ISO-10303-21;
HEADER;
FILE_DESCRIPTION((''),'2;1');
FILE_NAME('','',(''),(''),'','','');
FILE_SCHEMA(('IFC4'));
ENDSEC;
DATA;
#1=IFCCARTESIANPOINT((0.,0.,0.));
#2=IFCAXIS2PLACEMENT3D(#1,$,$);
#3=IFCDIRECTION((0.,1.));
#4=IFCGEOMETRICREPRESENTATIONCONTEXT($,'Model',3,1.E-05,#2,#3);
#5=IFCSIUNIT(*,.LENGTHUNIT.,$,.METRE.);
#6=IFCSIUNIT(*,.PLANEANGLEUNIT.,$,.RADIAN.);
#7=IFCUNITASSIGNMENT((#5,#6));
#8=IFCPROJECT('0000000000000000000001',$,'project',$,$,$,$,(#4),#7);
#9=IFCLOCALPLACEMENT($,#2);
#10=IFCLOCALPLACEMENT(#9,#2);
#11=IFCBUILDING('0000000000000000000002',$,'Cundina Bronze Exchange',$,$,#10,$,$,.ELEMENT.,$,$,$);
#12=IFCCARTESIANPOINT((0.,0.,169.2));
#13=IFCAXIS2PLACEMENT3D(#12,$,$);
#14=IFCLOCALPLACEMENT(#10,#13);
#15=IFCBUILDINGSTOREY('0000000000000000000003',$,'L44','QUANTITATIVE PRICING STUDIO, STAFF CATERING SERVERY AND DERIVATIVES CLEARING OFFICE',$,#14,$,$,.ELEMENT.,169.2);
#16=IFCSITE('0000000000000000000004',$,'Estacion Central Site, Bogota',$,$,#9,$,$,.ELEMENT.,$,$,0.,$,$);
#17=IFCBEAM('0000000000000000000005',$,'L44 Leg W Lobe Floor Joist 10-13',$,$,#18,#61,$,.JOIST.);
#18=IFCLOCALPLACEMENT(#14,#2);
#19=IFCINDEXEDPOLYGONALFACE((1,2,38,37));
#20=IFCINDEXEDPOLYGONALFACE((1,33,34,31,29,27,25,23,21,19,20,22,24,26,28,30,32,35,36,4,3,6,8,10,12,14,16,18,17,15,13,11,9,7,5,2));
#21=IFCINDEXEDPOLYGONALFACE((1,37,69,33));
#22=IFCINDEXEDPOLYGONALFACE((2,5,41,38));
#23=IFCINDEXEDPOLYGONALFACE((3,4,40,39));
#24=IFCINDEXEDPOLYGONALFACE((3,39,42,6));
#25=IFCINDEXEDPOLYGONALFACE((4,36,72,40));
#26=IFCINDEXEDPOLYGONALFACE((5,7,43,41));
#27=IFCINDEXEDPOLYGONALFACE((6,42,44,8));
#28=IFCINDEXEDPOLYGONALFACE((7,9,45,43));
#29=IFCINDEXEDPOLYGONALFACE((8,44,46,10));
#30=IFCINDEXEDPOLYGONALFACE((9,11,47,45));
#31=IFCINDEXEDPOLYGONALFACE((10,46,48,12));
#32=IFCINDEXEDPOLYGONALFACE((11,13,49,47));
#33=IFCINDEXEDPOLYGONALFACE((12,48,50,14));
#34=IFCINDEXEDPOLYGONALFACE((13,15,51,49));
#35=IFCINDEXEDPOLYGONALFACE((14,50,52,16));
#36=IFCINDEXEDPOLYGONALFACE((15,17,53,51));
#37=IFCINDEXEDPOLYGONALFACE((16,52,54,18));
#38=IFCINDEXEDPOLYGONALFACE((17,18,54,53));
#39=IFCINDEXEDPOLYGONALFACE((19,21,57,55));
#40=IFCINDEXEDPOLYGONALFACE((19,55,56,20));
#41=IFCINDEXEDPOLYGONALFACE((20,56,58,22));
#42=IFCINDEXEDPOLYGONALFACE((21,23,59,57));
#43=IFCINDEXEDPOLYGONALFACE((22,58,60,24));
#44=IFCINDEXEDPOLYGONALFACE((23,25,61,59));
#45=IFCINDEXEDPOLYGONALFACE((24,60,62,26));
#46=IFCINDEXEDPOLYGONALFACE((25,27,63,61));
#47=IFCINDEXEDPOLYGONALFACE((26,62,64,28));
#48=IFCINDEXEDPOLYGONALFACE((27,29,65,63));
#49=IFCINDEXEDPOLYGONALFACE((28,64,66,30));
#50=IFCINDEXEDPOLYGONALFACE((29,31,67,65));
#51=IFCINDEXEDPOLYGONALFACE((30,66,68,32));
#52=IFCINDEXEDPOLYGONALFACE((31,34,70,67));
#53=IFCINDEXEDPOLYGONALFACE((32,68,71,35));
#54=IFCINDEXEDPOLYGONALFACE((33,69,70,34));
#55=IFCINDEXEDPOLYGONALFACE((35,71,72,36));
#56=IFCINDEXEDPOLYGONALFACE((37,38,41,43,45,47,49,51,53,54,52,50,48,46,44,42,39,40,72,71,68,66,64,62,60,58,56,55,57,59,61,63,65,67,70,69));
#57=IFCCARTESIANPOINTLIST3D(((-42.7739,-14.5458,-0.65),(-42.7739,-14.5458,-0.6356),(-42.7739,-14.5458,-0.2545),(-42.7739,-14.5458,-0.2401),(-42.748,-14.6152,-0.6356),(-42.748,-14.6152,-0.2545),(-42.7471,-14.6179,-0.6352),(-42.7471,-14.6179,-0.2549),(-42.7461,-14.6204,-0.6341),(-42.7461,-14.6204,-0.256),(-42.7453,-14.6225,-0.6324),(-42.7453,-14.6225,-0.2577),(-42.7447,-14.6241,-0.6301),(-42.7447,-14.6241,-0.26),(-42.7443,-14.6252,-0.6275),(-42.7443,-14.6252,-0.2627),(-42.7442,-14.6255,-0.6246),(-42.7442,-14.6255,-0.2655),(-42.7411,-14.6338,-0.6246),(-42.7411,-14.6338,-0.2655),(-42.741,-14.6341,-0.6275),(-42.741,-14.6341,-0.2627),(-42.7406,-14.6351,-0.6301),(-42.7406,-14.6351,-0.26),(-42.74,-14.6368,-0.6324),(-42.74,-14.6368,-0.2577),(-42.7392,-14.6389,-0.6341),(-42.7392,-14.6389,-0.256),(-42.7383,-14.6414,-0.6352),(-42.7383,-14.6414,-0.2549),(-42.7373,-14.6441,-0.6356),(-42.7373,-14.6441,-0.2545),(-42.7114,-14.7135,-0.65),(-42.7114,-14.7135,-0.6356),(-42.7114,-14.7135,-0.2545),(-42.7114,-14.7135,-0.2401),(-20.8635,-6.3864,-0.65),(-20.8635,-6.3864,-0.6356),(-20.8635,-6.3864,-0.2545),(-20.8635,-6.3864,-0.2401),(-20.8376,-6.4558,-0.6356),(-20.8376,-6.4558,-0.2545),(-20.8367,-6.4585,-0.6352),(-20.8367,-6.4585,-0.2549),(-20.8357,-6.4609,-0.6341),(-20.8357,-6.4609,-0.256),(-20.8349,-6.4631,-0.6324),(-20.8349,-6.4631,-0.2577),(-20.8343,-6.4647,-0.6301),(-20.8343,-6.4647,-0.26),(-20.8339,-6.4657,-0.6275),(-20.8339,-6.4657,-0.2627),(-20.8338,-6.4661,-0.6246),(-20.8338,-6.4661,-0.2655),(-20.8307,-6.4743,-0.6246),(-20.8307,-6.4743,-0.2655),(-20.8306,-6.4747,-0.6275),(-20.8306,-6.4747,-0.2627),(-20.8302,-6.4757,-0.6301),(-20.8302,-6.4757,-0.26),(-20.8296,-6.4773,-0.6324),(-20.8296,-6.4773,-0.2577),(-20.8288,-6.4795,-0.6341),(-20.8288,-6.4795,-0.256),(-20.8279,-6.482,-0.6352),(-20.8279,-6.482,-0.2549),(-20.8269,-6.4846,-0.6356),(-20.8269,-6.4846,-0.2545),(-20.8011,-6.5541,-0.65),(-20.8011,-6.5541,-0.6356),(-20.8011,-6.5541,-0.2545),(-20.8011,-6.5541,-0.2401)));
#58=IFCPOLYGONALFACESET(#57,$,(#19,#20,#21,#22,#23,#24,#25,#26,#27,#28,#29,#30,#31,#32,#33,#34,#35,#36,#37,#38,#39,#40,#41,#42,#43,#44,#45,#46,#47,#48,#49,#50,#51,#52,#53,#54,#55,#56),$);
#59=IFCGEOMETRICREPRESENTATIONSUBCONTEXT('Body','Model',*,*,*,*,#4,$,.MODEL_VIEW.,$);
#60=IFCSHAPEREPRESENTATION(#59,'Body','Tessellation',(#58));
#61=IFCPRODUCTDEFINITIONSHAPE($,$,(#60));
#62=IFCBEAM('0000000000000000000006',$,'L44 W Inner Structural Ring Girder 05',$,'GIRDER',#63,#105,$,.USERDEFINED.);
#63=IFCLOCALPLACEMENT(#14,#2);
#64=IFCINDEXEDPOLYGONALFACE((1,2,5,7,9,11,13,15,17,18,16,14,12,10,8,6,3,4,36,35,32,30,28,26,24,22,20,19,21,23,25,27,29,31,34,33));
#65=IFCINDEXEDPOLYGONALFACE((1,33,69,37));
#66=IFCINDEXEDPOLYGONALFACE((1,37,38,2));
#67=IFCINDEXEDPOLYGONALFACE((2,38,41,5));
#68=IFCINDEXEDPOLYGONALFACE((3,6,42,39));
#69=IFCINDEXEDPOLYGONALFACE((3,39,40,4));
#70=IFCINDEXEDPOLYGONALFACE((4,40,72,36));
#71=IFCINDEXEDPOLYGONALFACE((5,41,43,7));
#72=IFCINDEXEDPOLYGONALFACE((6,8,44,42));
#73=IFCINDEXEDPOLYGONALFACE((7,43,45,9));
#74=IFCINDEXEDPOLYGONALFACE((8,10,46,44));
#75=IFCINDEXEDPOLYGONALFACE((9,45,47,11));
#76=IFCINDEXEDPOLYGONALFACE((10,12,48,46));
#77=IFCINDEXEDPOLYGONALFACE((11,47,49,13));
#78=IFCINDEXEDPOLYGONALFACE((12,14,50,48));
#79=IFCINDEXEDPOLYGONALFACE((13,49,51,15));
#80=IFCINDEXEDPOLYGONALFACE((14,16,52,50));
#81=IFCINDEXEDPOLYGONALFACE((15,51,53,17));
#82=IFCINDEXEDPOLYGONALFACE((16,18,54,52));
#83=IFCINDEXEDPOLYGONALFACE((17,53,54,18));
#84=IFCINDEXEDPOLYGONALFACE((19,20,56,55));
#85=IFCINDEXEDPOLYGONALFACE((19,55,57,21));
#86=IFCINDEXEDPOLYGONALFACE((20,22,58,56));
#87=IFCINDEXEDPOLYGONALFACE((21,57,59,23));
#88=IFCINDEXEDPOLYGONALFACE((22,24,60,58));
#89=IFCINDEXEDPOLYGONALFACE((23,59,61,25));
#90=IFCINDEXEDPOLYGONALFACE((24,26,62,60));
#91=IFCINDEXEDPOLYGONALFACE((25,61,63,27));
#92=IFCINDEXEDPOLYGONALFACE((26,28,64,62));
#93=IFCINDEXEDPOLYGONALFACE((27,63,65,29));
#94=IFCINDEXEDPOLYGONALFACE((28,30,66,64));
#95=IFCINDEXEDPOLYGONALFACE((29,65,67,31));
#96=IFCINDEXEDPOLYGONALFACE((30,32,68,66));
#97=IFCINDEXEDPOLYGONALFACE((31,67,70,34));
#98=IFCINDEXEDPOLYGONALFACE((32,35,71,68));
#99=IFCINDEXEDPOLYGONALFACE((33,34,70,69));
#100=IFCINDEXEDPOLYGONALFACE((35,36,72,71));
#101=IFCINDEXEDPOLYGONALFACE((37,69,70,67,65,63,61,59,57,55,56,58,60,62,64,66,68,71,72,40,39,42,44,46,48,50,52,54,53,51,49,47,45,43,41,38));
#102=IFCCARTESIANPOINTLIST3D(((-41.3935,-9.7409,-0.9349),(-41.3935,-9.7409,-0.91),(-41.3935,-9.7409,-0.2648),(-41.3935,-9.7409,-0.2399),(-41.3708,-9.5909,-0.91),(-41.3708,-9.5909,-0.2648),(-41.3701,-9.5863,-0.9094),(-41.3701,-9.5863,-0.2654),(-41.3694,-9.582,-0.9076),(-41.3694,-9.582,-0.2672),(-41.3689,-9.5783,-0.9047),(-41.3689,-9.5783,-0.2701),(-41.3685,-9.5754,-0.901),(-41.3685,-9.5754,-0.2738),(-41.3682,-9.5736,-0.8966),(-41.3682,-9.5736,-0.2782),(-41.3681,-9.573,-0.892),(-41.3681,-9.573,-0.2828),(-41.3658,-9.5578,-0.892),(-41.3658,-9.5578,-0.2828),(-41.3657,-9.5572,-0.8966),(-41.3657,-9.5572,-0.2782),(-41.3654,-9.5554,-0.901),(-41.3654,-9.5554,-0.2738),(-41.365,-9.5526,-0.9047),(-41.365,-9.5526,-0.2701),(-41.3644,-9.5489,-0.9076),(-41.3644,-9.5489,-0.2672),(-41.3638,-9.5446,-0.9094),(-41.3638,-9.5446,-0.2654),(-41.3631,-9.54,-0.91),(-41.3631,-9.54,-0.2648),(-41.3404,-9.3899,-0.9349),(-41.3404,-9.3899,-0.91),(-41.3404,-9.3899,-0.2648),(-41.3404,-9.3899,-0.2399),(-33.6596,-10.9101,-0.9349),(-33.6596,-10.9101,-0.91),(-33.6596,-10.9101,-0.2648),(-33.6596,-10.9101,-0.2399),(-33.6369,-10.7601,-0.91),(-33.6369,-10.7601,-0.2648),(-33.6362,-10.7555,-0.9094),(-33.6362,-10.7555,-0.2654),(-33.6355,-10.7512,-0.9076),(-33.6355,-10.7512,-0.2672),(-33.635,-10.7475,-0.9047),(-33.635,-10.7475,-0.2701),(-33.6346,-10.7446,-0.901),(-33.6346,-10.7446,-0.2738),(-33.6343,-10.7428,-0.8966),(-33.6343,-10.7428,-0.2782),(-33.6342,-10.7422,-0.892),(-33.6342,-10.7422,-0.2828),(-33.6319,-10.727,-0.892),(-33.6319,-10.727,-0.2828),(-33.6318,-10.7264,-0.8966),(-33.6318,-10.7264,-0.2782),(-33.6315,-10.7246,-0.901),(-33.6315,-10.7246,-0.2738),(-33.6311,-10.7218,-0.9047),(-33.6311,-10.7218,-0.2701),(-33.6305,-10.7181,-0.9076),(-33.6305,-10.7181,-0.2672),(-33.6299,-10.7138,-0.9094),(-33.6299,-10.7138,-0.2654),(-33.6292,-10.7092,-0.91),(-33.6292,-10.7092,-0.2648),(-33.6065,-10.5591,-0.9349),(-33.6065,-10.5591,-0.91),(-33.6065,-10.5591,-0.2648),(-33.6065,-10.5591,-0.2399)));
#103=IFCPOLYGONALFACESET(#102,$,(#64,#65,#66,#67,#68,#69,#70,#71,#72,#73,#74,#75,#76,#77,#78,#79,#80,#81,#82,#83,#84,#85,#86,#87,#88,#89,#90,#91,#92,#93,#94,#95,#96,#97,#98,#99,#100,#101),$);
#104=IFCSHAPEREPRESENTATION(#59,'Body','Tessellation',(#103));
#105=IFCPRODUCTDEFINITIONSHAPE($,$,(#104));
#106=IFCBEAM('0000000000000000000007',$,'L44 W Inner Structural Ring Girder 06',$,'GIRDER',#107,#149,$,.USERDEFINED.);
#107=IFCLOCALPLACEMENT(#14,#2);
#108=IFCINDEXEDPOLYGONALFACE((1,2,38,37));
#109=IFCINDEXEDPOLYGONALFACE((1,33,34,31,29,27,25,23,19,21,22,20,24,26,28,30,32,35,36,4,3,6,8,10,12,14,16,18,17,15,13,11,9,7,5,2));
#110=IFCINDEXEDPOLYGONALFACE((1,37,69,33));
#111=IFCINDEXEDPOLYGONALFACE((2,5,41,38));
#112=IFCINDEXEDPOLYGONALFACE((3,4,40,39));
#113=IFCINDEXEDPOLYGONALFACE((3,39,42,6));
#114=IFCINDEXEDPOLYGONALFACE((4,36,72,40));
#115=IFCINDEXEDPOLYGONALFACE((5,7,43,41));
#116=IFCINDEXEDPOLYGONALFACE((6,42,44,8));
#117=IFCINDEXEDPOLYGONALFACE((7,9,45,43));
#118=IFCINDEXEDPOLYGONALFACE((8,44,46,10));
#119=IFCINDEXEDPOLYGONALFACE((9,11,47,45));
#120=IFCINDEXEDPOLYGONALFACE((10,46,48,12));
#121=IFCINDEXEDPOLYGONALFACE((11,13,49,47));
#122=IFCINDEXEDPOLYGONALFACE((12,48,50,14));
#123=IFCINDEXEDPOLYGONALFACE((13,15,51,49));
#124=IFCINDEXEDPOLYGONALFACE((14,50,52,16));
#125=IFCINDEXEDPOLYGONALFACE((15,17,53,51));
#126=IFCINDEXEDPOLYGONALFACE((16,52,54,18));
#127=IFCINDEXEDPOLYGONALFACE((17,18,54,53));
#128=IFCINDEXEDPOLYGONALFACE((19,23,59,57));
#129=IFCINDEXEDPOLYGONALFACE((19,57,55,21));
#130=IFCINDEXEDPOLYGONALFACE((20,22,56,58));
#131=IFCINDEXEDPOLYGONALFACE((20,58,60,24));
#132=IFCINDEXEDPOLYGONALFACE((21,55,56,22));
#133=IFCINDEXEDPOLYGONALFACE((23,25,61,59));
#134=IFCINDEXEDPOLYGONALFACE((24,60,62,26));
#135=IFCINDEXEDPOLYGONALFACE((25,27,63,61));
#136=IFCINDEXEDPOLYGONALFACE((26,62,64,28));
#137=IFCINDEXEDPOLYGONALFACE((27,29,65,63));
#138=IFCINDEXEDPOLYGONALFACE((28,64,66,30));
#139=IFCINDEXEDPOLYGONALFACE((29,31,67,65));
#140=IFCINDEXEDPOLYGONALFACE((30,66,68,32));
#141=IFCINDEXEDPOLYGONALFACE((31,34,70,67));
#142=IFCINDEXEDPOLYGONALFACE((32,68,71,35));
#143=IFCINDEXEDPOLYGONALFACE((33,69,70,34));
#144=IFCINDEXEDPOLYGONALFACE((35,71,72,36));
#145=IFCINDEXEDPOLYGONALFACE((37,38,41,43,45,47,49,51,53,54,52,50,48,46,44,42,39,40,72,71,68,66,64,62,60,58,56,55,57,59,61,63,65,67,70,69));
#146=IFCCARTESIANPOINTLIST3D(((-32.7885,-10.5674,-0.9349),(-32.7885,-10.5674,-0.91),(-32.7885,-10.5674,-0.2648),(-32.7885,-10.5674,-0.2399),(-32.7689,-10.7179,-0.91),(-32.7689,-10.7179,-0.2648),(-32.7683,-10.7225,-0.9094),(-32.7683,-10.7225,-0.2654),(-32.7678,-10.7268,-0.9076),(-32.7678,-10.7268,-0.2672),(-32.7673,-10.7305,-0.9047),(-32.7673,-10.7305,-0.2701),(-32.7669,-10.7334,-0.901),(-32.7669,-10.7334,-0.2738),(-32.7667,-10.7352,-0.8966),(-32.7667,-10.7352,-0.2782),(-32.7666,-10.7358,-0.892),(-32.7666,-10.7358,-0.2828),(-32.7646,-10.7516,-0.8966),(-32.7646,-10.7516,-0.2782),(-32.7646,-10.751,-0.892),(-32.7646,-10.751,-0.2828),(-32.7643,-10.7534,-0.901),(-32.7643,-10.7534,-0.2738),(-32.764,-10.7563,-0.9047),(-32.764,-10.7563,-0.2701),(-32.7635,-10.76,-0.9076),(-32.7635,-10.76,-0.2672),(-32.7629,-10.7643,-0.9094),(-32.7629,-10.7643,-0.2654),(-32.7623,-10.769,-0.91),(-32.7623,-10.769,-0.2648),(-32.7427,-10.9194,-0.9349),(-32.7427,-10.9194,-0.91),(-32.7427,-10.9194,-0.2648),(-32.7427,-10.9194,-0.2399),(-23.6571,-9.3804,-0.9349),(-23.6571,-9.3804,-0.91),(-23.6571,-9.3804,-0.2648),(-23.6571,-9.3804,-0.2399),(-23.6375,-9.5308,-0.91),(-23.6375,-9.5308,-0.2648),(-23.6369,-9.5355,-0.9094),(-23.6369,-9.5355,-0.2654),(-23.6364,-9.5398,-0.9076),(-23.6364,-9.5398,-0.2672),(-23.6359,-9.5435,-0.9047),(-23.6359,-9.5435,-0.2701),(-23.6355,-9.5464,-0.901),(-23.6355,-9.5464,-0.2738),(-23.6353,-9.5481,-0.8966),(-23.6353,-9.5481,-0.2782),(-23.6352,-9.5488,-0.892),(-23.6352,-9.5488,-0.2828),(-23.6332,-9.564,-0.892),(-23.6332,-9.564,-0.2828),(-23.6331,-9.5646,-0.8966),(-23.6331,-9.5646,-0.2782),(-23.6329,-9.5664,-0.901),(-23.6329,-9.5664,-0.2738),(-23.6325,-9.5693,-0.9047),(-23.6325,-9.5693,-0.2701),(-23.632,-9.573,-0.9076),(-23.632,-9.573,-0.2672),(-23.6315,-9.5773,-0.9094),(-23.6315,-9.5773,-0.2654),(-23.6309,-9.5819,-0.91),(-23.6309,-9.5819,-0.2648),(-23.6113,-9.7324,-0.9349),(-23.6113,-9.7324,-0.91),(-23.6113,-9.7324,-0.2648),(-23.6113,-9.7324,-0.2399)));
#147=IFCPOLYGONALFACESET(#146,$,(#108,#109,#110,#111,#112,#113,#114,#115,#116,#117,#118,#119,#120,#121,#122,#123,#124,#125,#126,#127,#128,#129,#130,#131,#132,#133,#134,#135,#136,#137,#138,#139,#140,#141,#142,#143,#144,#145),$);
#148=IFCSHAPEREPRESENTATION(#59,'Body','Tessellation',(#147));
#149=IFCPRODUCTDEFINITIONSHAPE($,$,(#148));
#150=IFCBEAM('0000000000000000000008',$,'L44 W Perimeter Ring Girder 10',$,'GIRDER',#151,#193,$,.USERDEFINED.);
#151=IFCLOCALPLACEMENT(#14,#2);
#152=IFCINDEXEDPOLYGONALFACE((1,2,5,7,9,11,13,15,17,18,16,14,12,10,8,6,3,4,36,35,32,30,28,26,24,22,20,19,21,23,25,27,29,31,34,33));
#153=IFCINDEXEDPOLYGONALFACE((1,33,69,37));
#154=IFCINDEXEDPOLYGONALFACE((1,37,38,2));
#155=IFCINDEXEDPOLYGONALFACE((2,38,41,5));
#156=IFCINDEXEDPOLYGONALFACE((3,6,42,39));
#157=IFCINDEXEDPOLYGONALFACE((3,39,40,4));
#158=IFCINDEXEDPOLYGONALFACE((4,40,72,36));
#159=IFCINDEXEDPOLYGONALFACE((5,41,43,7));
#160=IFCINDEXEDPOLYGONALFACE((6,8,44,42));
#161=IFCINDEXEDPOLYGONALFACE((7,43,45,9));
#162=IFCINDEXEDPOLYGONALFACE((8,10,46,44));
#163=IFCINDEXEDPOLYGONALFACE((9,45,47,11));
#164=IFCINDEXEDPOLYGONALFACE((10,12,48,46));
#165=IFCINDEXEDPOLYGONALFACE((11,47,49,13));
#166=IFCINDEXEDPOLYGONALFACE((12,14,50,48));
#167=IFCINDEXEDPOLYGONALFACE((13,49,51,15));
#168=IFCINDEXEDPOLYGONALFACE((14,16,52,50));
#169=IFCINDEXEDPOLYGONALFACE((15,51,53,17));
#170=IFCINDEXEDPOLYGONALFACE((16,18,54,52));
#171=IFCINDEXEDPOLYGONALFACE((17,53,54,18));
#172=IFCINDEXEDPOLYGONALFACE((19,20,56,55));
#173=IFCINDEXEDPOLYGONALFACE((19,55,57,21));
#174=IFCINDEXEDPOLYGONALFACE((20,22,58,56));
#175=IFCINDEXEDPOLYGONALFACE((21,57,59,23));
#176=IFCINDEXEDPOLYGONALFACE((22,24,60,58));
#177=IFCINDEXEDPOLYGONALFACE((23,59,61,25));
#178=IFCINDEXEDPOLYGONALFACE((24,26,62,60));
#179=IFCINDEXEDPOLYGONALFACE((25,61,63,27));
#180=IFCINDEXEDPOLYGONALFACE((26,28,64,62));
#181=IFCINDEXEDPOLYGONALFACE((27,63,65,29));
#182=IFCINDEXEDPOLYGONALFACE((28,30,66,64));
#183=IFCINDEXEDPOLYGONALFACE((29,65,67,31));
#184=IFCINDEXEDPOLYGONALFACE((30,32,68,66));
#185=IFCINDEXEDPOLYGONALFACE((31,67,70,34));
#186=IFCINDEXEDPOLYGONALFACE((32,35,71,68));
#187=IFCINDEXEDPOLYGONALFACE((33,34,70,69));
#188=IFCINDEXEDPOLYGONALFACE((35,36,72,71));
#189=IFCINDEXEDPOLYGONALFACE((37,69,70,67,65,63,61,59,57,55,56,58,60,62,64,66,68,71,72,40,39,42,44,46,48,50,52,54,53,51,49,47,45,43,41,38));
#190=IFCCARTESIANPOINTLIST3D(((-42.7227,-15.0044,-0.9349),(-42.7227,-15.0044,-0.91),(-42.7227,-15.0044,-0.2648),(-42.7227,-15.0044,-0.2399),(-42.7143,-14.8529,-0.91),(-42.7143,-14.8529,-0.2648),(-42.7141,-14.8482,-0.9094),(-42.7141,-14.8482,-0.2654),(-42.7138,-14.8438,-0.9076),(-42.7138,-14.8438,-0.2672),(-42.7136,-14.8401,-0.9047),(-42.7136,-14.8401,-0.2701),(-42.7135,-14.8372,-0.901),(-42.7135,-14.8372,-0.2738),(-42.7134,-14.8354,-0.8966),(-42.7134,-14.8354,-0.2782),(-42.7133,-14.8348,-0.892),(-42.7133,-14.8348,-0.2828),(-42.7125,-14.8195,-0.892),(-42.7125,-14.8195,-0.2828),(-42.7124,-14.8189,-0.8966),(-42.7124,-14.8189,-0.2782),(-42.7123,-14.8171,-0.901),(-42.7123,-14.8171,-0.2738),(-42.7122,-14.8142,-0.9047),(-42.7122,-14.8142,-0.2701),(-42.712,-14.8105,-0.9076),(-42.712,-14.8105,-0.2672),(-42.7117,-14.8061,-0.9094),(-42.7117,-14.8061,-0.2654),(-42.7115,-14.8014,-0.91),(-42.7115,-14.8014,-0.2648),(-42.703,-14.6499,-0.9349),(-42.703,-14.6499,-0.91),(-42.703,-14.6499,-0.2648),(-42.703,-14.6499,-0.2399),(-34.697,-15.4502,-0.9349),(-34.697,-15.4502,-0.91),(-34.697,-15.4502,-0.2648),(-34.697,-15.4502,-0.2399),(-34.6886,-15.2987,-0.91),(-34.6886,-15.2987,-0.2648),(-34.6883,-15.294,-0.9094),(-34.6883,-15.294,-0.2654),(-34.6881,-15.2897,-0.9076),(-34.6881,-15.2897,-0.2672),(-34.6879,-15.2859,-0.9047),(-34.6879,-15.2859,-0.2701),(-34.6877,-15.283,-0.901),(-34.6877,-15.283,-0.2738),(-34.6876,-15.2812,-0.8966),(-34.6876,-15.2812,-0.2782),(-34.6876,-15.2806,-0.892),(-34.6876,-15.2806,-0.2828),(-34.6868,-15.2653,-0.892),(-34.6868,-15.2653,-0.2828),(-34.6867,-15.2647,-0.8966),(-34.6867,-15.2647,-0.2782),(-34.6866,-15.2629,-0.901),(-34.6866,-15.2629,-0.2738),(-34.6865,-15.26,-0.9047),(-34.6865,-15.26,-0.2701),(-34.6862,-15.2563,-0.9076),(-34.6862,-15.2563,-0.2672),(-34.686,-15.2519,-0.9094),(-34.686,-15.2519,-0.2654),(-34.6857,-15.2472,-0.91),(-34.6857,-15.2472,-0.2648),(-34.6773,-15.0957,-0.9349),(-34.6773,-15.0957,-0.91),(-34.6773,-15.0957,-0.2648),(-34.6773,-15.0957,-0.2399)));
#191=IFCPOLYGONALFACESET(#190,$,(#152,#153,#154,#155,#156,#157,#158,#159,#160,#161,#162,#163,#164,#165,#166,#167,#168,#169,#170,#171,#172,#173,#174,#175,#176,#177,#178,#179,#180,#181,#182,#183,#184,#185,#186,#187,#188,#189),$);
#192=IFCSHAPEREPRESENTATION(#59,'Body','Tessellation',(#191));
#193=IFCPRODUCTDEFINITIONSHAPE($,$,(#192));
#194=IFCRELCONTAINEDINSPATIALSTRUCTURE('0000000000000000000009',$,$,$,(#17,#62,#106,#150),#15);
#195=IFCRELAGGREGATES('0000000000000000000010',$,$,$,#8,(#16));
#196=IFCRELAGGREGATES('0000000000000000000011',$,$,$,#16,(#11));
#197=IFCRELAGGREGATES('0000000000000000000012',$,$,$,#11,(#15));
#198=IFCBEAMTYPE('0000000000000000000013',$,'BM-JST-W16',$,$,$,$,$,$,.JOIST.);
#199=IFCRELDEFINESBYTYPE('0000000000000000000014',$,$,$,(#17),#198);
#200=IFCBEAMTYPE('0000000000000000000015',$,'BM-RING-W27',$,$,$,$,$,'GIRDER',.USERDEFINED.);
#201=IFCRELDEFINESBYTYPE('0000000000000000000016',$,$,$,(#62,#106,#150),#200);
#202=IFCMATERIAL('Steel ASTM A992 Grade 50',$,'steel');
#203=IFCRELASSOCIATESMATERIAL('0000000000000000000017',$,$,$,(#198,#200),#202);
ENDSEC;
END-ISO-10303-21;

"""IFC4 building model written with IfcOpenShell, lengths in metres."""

from ifc_helpers import new_model, si_unit, direction, frame, origin, origin_2d, place, context, subcontext, project, spatial, i_section, extrude, material, material_profile, profile_set, type_object, element, save


model = new_model("IFC4")

# Units and contexts
model_context = context("Model", 3, precision=1e-05, world=origin(), true_north=direction((0.0, 1.0)))
body_context = subcontext(model_context, "Body", "Model", "MODEL_VIEW")
ifc_project = project(units=[si_unit("LENGTHUNIT", "METRE"), si_unit("PLANEANGLEUNIT", "RADIAN")], contexts=[model_context])

# Site, building, storey
site_placement = place(None, origin())
site = spatial("IfcSite", under=ifc_project, at=site_placement, Name="Estacion Central Site, Bogota", CompositionType="ELEMENT", RefElevation=0.0)
building_placement = place(site_placement, origin())
building = spatial("IfcBuilding", under=site, at=building_placement, Name="Cundina Bronze Exchange", CompositionType="ELEMENT")
storey_placement = place(building_placement, frame((0.0, 0.0, 169.2)))
storey = spatial("IfcBuildingStorey", under=building, at=storey_placement, Name="L44", Description="QUANTITATIVE PRICING STUDIO, STAFF CATERING SERVERY AND DERIVATIVES CLEARING OFFICE", CompositionType="ELEMENT", Elevation=169.2)

# Beams
ifc_material_1 = material(Name="Steel ASTM A992 Grade 50", Category="steel")
ifc_material_profile_1 = material_profile(ifc_material_1, i_section(OverallWidth=0.179, OverallDepth=0.4099, WebThickness=0.0088, FlangeThickness=0.0144, FilletRadius=0.011, at=origin_2d()), Name="W16X45", Category="steel")
ifc_profile_set_1 = profile_set([ifc_material_profile_1], Name="Steel ASTM A992 Grade 50")
beam_type_1 = type_object("IfcBeamType", Name="BM-JST-W16", PredefinedType="JOIST", material=ifc_profile_set_1)
beam_1_placement = place(storey_placement, frame((-42.7427, -14.6296, -0.4451), z_axis=(0.937128, 0.348986, 0.0), x_axis=(-0.348986, 0.937128, 0.0)))
element("IfcBeam", 1, at=beam_1_placement, inside=storey, type_object=beam_type_1, Name="L44 Leg W Lobe Floor Joist 10-13", PredefinedType="JOIST", context=body_context, shape_type="SweptSolid", body=[
    extrude(i_section(OverallWidth=0.179, OverallDepth=0.4099, WebThickness=0.0088, FlangeThickness=0.0144, FilletRadius=0.011, at=origin_2d()), origin(), (0.0, 0.0, 1.0), 23.3804),
])
ifc_material_profile_2 = material_profile(ifc_material_1, i_section(OverallWidth=0.355, OverallDepth=0.6951, WebThickness=0.0154, FlangeThickness=0.0249, FilletRadius=0.0181, at=origin_2d()), Name="W27X146", Category="steel")
ifc_profile_set_2 = profile_set([ifc_material_profile_2], Name="Steel ASTM A992 Grade 50")
beam_type_2 = type_object("IfcBeamType", Name="BM-RING-W27", ElementType="GIRDER", PredefinedType="USERDEFINED", material=ifc_profile_set_2)
beam_2_placement = place(storey_placement, frame((-41.3669, -9.5654, -0.5874), z_axis=(0.988765, -0.149479, 0.0), x_axis=(0.149479, 0.988765, 0.0)))
element("IfcBeam", 2, at=beam_2_placement, inside=storey, type_object=beam_type_2, Name="L44 W Inner Structural Ring Girder 05", ObjectType="GIRDER", PredefinedType="USERDEFINED", context=body_context, shape_type="SweptSolid", body=[
    extrude(i_section(OverallWidth=0.355, OverallDepth=0.6951, WebThickness=0.0154, FlangeThickness=0.0249, FilletRadius=0.0181, at=origin_2d()), origin(), (0.0, 0.0, 1.0), 7.8218),
])
beam_3_placement = place(storey_placement, frame((-32.7656, -10.7434, -0.5874), z_axis=(0.991656, 0.128908, 0.0), x_axis=(-0.128908, 0.991656, 0.0)))
element("IfcBeam", 3, at=beam_3_placement, inside=storey, type_object=beam_type_2, Name="L44 W Inner Structural Ring Girder 06", ObjectType="GIRDER", PredefinedType="USERDEFINED", context=body_context, shape_type="SweptSolid", body=[
    extrude(i_section(OverallWidth=0.355, OverallDepth=0.6951, WebThickness=0.0154, FlangeThickness=0.0249, FilletRadius=0.0181, at=origin_2d()), origin(), (0.0, 0.0, 1.0), 9.2083),
])
for number, where, z_axis, x_axis, name in (
    (4, (-42.7129, -14.8271, -0.5874), (0.998461, -0.055462, 0.0), (0.055462, 0.998461, 0.0), "L44 W Perimeter Ring Girder 10"),
):
    element("IfcBeam", number, at=place(storey_placement, frame(where, z_axis=z_axis, x_axis=x_axis)), inside=storey, type_object=beam_type_2, Name=name, ObjectType="GIRDER", PredefinedType="USERDEFINED", context=body_context, shape_type="SweptSolid", body=[
        extrude(i_section(OverallWidth=0.355, OverallDepth=0.6951, WebThickness=0.0154, FlangeThickness=0.0249, FilletRadius=0.0181, at=origin_2d()), origin(), (0.0, 0.0, 1.0), 8.0381),
    ])

save(model, "model.ifc")
